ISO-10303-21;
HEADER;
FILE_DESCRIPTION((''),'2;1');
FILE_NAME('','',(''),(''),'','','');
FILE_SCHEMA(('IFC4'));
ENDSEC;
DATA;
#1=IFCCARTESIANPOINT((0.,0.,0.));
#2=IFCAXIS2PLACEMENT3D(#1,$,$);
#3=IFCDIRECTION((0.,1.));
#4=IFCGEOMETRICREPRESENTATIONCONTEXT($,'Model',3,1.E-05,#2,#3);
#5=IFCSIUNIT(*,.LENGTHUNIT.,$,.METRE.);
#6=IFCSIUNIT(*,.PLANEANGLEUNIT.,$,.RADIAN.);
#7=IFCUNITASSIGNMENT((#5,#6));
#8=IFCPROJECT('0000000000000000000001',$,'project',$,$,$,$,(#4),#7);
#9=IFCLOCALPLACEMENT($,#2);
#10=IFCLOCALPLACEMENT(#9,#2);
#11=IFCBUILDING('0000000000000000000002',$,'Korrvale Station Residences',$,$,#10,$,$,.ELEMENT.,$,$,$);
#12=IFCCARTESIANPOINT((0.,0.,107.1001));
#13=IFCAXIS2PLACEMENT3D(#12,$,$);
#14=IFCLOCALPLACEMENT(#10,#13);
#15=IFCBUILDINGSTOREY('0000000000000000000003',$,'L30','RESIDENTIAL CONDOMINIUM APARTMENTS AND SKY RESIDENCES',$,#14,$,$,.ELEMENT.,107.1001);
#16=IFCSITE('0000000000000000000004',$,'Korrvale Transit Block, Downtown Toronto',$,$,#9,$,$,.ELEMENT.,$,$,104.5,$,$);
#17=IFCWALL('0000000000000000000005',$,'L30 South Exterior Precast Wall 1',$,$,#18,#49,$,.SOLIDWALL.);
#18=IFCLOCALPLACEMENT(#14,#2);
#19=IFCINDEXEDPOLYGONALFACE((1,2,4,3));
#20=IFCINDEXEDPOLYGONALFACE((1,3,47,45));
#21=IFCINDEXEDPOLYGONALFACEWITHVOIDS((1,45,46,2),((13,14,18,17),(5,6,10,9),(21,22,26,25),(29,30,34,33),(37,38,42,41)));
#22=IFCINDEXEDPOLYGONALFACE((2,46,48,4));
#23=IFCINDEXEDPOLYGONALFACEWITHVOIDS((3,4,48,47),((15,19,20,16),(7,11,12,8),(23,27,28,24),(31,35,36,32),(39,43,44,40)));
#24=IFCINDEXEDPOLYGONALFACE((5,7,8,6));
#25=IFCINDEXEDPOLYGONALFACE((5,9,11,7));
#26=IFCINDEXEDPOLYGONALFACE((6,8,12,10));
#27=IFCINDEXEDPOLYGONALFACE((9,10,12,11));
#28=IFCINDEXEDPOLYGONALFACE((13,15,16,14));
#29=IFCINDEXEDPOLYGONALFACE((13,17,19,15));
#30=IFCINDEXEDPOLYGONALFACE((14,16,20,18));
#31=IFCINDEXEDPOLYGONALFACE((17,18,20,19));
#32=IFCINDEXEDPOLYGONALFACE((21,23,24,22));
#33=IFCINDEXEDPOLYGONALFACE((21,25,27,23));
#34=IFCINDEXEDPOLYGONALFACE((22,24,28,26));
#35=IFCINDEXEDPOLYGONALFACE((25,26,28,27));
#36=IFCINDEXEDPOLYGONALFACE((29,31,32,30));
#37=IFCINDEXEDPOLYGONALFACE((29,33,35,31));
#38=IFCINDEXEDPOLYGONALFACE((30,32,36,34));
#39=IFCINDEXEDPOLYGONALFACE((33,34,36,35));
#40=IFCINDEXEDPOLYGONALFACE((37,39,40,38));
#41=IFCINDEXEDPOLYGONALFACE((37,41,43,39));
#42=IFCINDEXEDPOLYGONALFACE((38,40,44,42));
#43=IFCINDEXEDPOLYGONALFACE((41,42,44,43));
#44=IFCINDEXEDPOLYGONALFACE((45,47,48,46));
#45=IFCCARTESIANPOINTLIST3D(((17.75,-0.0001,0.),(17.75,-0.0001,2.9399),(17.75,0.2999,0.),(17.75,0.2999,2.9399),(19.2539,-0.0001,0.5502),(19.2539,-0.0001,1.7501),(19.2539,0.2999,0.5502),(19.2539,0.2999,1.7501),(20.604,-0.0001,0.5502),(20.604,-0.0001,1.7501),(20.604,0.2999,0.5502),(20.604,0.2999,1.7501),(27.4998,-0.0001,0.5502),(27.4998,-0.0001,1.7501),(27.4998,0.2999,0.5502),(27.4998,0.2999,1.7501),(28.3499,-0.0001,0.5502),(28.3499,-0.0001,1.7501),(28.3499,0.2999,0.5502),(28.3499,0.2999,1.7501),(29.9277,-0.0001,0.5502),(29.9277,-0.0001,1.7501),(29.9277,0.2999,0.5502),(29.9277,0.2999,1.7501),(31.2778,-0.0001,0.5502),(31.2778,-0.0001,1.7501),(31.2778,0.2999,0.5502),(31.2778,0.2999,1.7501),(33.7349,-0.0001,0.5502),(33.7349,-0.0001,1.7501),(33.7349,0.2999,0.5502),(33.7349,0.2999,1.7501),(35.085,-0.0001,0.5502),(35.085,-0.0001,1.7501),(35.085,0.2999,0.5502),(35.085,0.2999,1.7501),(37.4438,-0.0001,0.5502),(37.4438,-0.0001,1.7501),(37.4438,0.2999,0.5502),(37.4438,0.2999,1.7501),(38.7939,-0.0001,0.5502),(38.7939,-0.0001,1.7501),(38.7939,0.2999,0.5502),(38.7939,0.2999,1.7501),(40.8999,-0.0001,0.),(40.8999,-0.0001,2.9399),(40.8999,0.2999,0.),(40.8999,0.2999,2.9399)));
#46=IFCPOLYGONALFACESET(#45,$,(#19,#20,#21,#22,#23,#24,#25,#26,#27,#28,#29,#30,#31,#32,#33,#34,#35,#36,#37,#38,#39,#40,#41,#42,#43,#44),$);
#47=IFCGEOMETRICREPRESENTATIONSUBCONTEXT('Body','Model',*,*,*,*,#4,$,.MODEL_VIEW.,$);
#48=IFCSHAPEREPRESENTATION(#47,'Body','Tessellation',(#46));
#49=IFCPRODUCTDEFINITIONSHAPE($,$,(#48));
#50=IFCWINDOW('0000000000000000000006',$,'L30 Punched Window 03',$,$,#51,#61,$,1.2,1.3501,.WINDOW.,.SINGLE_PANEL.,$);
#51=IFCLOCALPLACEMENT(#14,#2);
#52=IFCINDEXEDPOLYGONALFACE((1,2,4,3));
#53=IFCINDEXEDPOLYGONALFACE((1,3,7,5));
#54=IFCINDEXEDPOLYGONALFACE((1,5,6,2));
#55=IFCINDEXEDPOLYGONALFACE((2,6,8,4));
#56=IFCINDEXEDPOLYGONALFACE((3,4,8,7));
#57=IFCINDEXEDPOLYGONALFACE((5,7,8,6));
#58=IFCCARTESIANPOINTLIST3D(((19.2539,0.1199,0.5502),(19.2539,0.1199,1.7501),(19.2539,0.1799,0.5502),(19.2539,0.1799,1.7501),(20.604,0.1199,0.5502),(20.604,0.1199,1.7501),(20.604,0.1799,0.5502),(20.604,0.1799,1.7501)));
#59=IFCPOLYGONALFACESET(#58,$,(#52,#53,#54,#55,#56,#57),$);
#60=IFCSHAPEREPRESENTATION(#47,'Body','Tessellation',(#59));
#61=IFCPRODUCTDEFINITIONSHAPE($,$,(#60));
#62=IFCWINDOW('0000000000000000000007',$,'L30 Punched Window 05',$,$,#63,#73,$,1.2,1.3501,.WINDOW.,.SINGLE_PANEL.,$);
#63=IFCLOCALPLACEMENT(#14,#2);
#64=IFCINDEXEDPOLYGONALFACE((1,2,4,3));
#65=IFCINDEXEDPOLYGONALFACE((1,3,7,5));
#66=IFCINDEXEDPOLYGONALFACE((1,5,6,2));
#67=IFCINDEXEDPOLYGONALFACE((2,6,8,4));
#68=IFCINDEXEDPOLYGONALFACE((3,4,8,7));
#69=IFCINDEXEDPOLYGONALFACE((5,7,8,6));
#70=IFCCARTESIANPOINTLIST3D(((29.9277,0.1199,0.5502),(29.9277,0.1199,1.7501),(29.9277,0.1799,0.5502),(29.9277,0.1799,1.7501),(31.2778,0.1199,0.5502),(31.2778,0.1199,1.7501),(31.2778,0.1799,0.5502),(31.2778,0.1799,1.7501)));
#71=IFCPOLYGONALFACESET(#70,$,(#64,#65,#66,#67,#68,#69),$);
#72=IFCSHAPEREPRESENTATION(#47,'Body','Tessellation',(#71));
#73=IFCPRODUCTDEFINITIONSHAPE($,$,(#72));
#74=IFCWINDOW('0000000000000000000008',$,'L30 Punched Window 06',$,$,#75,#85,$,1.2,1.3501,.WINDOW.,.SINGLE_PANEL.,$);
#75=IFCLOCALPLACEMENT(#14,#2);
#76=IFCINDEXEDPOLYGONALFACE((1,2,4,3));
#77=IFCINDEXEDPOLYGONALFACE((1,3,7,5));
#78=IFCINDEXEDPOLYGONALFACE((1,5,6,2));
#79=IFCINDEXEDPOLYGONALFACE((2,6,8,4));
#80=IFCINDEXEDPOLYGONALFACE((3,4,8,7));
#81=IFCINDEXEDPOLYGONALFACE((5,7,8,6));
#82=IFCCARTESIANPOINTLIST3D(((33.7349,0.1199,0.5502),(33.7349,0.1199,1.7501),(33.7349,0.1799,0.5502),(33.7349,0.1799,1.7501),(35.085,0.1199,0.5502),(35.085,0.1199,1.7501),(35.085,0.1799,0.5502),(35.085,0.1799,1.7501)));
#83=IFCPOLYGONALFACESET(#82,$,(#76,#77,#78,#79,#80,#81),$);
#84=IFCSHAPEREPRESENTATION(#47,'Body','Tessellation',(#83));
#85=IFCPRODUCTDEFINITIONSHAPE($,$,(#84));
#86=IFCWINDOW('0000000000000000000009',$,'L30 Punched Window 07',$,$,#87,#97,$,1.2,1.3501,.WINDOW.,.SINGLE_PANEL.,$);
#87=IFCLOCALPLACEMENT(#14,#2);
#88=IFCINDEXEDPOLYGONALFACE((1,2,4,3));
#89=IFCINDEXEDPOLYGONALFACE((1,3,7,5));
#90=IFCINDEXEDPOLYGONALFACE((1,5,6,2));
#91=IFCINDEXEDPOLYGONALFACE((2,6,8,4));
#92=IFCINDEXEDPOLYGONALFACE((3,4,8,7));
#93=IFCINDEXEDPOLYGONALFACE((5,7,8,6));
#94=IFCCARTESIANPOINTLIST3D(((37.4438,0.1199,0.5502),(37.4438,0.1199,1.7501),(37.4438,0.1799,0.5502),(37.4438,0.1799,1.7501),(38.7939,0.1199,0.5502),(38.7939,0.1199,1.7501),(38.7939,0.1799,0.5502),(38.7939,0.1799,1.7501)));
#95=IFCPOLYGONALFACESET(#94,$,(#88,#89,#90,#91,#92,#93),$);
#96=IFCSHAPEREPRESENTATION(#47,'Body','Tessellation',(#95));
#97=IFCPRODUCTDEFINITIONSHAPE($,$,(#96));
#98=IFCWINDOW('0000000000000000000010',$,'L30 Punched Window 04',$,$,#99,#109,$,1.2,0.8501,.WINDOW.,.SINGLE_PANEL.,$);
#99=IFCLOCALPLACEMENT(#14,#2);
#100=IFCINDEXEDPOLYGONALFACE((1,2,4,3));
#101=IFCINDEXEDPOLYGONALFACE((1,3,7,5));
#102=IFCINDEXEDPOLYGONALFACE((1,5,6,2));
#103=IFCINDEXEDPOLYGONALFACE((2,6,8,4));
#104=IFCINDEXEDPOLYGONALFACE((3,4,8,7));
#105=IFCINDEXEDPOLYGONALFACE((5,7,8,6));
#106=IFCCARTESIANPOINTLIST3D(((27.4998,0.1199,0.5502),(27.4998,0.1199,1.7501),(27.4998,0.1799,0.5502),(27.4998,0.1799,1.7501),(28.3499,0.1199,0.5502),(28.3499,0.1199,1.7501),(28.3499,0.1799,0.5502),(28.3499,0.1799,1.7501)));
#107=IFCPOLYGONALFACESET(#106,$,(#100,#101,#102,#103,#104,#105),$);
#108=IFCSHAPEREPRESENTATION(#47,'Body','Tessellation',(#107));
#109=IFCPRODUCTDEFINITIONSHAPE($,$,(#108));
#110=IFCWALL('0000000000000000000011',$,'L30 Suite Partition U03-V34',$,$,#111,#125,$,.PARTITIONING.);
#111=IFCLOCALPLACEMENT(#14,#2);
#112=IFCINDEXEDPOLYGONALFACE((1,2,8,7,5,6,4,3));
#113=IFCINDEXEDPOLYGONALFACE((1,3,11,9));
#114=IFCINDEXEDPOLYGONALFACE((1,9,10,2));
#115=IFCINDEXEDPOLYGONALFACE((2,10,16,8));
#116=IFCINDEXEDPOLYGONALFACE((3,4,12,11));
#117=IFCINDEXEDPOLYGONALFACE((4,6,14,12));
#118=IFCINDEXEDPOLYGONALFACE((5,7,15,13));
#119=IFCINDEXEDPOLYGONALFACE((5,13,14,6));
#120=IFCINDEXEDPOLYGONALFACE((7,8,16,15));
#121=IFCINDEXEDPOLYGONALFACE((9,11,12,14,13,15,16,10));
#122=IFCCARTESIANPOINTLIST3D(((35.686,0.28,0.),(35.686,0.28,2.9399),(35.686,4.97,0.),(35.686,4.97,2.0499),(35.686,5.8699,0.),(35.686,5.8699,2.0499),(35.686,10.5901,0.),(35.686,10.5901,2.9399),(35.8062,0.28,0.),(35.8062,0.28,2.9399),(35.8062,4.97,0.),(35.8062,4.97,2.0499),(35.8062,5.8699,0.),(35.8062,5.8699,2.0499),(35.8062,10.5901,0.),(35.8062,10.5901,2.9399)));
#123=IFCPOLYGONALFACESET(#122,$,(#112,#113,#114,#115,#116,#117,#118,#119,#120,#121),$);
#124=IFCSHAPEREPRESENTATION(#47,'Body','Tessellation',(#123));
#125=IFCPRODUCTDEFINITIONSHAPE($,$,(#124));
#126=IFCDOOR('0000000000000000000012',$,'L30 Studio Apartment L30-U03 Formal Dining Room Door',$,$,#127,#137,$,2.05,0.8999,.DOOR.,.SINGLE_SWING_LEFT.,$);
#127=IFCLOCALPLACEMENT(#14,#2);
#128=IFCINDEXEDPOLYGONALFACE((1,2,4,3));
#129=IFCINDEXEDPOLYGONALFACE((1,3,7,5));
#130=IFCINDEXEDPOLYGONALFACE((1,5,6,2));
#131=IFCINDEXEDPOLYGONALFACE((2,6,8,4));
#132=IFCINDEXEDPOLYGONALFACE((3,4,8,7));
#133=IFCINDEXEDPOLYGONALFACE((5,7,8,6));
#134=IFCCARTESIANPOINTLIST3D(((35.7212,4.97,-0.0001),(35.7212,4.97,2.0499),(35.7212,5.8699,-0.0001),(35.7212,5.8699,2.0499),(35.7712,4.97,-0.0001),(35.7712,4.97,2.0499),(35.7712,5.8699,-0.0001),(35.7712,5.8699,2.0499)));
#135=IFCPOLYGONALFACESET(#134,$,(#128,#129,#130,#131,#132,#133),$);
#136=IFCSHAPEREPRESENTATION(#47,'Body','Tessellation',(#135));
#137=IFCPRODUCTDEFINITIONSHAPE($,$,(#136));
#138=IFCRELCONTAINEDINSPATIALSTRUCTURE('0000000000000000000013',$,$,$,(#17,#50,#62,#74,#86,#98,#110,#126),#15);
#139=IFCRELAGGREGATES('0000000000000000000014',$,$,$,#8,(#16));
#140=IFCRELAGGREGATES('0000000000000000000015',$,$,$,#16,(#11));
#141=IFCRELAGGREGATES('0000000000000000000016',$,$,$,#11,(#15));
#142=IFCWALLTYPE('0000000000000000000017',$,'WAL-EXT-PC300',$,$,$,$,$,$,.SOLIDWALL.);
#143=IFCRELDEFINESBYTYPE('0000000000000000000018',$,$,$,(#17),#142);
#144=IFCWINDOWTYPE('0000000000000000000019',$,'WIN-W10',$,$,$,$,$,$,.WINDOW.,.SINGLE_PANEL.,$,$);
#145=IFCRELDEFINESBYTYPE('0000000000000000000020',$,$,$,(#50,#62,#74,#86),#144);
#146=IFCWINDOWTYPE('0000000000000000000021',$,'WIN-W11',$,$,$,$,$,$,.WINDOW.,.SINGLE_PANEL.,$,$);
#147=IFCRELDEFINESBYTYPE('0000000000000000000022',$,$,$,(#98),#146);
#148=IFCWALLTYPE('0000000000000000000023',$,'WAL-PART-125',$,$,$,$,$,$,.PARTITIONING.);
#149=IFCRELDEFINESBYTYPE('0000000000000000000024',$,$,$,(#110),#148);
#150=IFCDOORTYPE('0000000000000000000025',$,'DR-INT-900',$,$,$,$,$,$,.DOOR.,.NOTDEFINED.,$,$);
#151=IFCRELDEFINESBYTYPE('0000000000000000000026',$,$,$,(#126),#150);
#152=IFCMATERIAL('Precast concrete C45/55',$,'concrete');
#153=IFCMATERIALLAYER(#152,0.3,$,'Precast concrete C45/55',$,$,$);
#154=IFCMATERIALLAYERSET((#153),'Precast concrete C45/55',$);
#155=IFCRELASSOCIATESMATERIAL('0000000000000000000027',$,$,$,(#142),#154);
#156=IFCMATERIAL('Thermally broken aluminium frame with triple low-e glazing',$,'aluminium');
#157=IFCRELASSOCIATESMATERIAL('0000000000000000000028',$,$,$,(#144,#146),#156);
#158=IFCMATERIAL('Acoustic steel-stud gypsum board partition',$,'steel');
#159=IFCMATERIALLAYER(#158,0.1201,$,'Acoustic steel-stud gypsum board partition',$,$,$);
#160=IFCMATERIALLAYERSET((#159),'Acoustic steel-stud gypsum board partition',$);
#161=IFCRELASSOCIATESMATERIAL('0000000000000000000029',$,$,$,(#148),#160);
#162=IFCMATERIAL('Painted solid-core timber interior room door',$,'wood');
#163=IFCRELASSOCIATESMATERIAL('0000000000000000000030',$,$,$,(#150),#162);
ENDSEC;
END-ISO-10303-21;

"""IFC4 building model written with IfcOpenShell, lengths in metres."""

from ifc_helpers import new_model, si_unit, direction, frame, frame_2d, origin, place, context, subcontext, project, spatial, rectangle, extrude, material, layer, layer_set, type_object, element, fill, save


model = new_model("IFC4")

# Units and contexts
model_context = context("Model", 3, precision=1e-05, world=origin(), true_north=direction((0.0, 1.0)))
body_context = subcontext(model_context, "Body", "Model", "MODEL_VIEW")
ifc_project = project(units=[si_unit("LENGTHUNIT", "METRE"), si_unit("PLANEANGLEUNIT", "RADIAN")], contexts=[model_context])

# Site, building, storey
site_placement = place(None, origin())
site = spatial("IfcSite", under=ifc_project, at=site_placement, Name="Korrvale Transit Block, Downtown Toronto", CompositionType="ELEMENT", RefElevation=104.5)
building_placement = place(site_placement, origin())
building = spatial("IfcBuilding", under=site, at=building_placement, Name="Korrvale Station Residences", CompositionType="ELEMENT")
storey_placement = place(building_placement, frame((0.0, 0.0, 107.1001)))
storey = spatial("IfcBuildingStorey", under=building, at=storey_placement, Name="L30", Description="RESIDENTIAL CONDOMINIUM APARTMENTS AND SKY RESIDENCES", CompositionType="ELEMENT", Elevation=107.1001)

# Shared definitions
ifc_material_1 = material(Name="Precast concrete C45/55", Category="concrete")

# Wall, openings, windows
ifc_layer_1 = layer(ifc_material_1, 0.3, Name="Precast concrete C45/55")
ifc_layer_set_1 = layer_set([ifc_layer_1], Name="Precast concrete C45/55")
wall_type_1 = type_object("IfcWallType", Name="WAL-EXT-PC300", PredefinedType="SOLIDWALL", material=ifc_layer_set_1)
wall_1_placement = place(storey_placement, frame((40.8999, 0.1499, 0.0), z_axis=(0.0, 0.0, 1.0), x_axis=(-1.0, 0.0, 0.0)))
wall_1 = element("IfcWall", 1, at=wall_1_placement, inside=storey, type_object=wall_type_1, Name="L30 South Exterior Precast Wall 1", PredefinedType="SOLIDWALL", context=body_context, shape_type="SweptSolid", body=[
    extrude(rectangle(XDim=23.1499, YDim=0.3, at=frame_2d((11.575, 0.0))), origin(), (0.0, 0.0, 1.0), 2.9399),
])
opening_1_placement = place(wall_1_placement, frame((20.2959, 0.0, 0.55)))
opening_1 = element("IfcOpeningElement", 2, at=opening_1_placement, cuts=wall_1, PredefinedType="OPENING", context=body_context, shape_type="SweptSolid", body=[
    extrude(rectangle(XDim=1.3501, YDim=1.2, at=frame_2d((0.675, 0.6001))), frame((0.0, 0.1602, 0.0), z_axis=(0.0, -1.0, 0.0), x_axis=(1.0, 0.0, 0.0)), (0.0, 0.0, 1.0), 0.3201),
])
opening_2_placement = place(wall_1_placement, frame((12.55, 0.0, 0.55)))
opening_2 = element("IfcOpeningElement", 3, at=opening_2_placement, cuts=wall_1, PredefinedType="OPENING", context=body_context, shape_type="SweptSolid", body=[
    extrude(rectangle(XDim=0.8501, YDim=1.2, at=frame_2d((0.425, 0.6001))), frame((0.0, 0.1602, 0.0), z_axis=(0.0, -1.0, 0.0), x_axis=(1.0, 0.0, 0.0)), (0.0, 0.0, 1.0), 0.3201),
])
opening_3_placement = place(wall_1_placement, frame((9.6221, 0.0, 0.55)))
opening_3 = element("IfcOpeningElement", 4, at=opening_3_placement, cuts=wall_1, PredefinedType="OPENING", context=body_context, shape_type="SweptSolid", body=[
    extrude(rectangle(XDim=1.3501, YDim=1.2, at=frame_2d((0.675, 0.6001))), frame((0.0, 0.1602, 0.0), z_axis=(0.0, -1.0, 0.0), x_axis=(1.0, 0.0, 0.0)), (0.0, 0.0, 1.0), 0.3201),
])
opening_4_placement = place(wall_1_placement, frame((5.8149, 0.0, 0.55)))
opening_4 = element("IfcOpeningElement", 5, at=opening_4_placement, cuts=wall_1, PredefinedType="OPENING", context=body_context, shape_type="SweptSolid", body=[
    extrude(rectangle(XDim=1.3501, YDim=1.2, at=frame_2d((0.675, 0.6001))), frame((0.0, 0.1602, 0.0), z_axis=(0.0, -1.0, 0.0), x_axis=(1.0, 0.0, 0.0)), (0.0, 0.0, 1.0), 0.3201),
])
opening_5_placement = place(wall_1_placement, frame((2.106, 0.0, 0.55)))
opening_5 = element("IfcOpeningElement", 6, at=opening_5_placement, cuts=wall_1, PredefinedType="OPENING", context=body_context, shape_type="SweptSolid", body=[
    extrude(rectangle(XDim=1.3501, YDim=1.2, at=frame_2d((0.675, 0.6001))), frame((0.0, 0.1602, 0.0), z_axis=(0.0, -1.0, 0.0), x_axis=(1.0, 0.0, 0.0)), (0.0, 0.0, 1.0), 0.3201),
])
ifc_material_2 = material(Name="Thermally broken aluminium frame with triple low-e glazing", Category="aluminium")
window_type_1 = type_object("IfcWindowType", Name="WIN-W10", PartitioningType="SINGLE_PANEL", PredefinedType="WINDOW", material=ifc_material_2)
window_1_placement = place(opening_1_placement, origin())
window_1 = element("IfcWindow", 7, at=window_1_placement, inside=storey, type_object=window_type_1, Name="L30 Punched Window 03", OverallHeight=1.2, OverallWidth=1.3501, PartitioningType="SINGLE_PANEL", PredefinedType="WINDOW", context=body_context, shape_type="SweptSolid", body=[
    extrude(rectangle(XDim=1.3501, YDim=1.2, at=frame_2d((0.675, 0.6001))), frame((0.0, 0.03, 0.0), z_axis=(0.0, -1.0, 0.0), x_axis=(1.0, 0.0, 0.0)), (0.0, 0.0, 1.0), 0.0601),
])
fill(opening_1, window_1)
window_2_placement = place(opening_3_placement, origin())
window_2 = element("IfcWindow", 8, at=window_2_placement, inside=storey, type_object=window_type_1, Name="L30 Punched Window 05", OverallHeight=1.2, OverallWidth=1.3501, PartitioningType="SINGLE_PANEL", PredefinedType="WINDOW", context=body_context, shape_type="SweptSolid", body=[
    extrude(rectangle(XDim=1.3501, YDim=1.2, at=frame_2d((0.675, 0.6001))), frame((0.0, 0.03, 0.0), z_axis=(0.0, -1.0, 0.0), x_axis=(1.0, 0.0, 0.0)), (0.0, 0.0, 1.0), 0.0601),
])
fill(opening_3, window_2)
window_3_placement = place(opening_4_placement, origin())
window_3 = element("IfcWindow", 9, at=window_3_placement, inside=storey, type_object=window_type_1, Name="L30 Punched Window 06", OverallHeight=1.2, OverallWidth=1.3501, PartitioningType="SINGLE_PANEL", PredefinedType="WINDOW", context=body_context, shape_type="SweptSolid", body=[
    extrude(rectangle(XDim=1.3501, YDim=1.2, at=frame_2d((0.675, 0.6001))), frame((0.0, 0.03, 0.0), z_axis=(0.0, -1.0, 0.0), x_axis=(1.0, 0.0, 0.0)), (0.0, 0.0, 1.0), 0.0601),
])
fill(opening_4, window_3)
window_4_placement = place(opening_5_placement, origin())
window_4 = element("IfcWindow", 10, at=window_4_placement, inside=storey, type_object=window_type_1, Name="L30 Punched Window 07", OverallHeight=1.2, OverallWidth=1.3501, PartitioningType="SINGLE_PANEL", PredefinedType="WINDOW", context=body_context, shape_type="SweptSolid", body=[
    extrude(rectangle(XDim=1.3501, YDim=1.2, at=frame_2d((0.675, 0.6001))), frame((0.0, 0.03, 0.0), z_axis=(0.0, -1.0, 0.0), x_axis=(1.0, 0.0, 0.0)), (0.0, 0.0, 1.0), 0.0601),
])
fill(opening_5, window_4)
window_type_2 = type_object("IfcWindowType", Name="WIN-W11", PartitioningType="SINGLE_PANEL", PredefinedType="WINDOW", material=ifc_material_2)
window_5_placement = place(opening_2_placement, origin())
window_5 = element("IfcWindow", 11, at=window_5_placement, inside=storey, type_object=window_type_2, Name="L30 Punched Window 04", OverallHeight=1.2, OverallWidth=0.8501, PartitioningType="SINGLE_PANEL", PredefinedType="WINDOW", context=body_context, shape_type="SweptSolid", body=[
    extrude(rectangle(XDim=0.8501, YDim=1.2, at=frame_2d((0.425, 0.6001))), frame((0.0, 0.03, 0.0), z_axis=(0.0, -1.0, 0.0), x_axis=(1.0, 0.0, 0.0)), (0.0, 0.0, 1.0), 0.0601),
])
fill(opening_2, window_5)

# Wall, opening, door
ifc_material_3 = material(Name="Acoustic steel-stud gypsum board partition", Category="steel")
ifc_layer_2 = layer(ifc_material_3, 0.1201, Name="Acoustic steel-stud gypsum board partition")
ifc_layer_set_2 = layer_set([ifc_layer_2], Name="Acoustic steel-stud gypsum board partition")
wall_type_2 = type_object("IfcWallType", Name="WAL-PART-125", PredefinedType="PARTITIONING", material=ifc_layer_set_2)
wall_2_placement = place(storey_placement, frame((35.7461, 0.28, 0.0), z_axis=(0.0, 0.0, 1.0), x_axis=(0.0, 1.0, 0.0)))
wall_2 = element("IfcWall", 12, at=wall_2_placement, inside=storey, type_object=wall_type_2, Name="L30 Suite Partition U03-V34", PredefinedType="PARTITIONING", context=body_context, shape_type="SweptSolid", body=[
    extrude(rectangle(XDim=10.3101, YDim=0.1201, at=frame_2d((5.155, 0.0))), origin(), (0.0, 0.0, 1.0), 2.9399),
])
opening_6_placement = place(wall_2_placement, frame((4.6899, 0.0, 0.0)))
opening_6 = element("IfcOpeningElement", 13, at=opening_6_placement, cuts=wall_2, PredefinedType="OPENING", context=body_context, shape_type="SweptSolid", body=[
    extrude(rectangle(XDim=0.8999, YDim=2.05, at=frame_2d((0.45, 1.0249))), frame((0.0, 0.0701, 0.0), z_axis=(0.0, -1.0, 0.0), x_axis=(1.0, 0.0, 0.0)), (0.0, 0.0, 1.0), 0.1401),
])
ifc_material_4 = material(Name="Painted solid-core timber interior room door", Category="wood")
door_type = type_object("IfcDoorType", Name="DR-INT-900", OperationType="NOTDEFINED", PredefinedType="DOOR", material=ifc_material_4)
door_1_placement = place(opening_6_placement, origin())
door_1 = element("IfcDoor", 14, at=door_1_placement, inside=storey, type_object=door_type, Name="L30 Studio Apartment L30-U03 Formal Dining Room Door", OperationType="SINGLE_SWING_LEFT", OverallHeight=2.05, OverallWidth=0.8999, PredefinedType="DOOR", context=body_context, shape_type="SweptSolid", body=[
    extrude(rectangle(XDim=0.8999, YDim=2.05, at=frame_2d((0.45, 1.0249))), frame((0.0, 0.0249, 0.0), z_axis=(0.0, -1.0, 0.0), x_axis=(1.0, 0.0, 0.0)), (0.0, 0.0, 1.0), 0.05),
])
fill(opening_6, door_1)

save(model, "model.ifc")
